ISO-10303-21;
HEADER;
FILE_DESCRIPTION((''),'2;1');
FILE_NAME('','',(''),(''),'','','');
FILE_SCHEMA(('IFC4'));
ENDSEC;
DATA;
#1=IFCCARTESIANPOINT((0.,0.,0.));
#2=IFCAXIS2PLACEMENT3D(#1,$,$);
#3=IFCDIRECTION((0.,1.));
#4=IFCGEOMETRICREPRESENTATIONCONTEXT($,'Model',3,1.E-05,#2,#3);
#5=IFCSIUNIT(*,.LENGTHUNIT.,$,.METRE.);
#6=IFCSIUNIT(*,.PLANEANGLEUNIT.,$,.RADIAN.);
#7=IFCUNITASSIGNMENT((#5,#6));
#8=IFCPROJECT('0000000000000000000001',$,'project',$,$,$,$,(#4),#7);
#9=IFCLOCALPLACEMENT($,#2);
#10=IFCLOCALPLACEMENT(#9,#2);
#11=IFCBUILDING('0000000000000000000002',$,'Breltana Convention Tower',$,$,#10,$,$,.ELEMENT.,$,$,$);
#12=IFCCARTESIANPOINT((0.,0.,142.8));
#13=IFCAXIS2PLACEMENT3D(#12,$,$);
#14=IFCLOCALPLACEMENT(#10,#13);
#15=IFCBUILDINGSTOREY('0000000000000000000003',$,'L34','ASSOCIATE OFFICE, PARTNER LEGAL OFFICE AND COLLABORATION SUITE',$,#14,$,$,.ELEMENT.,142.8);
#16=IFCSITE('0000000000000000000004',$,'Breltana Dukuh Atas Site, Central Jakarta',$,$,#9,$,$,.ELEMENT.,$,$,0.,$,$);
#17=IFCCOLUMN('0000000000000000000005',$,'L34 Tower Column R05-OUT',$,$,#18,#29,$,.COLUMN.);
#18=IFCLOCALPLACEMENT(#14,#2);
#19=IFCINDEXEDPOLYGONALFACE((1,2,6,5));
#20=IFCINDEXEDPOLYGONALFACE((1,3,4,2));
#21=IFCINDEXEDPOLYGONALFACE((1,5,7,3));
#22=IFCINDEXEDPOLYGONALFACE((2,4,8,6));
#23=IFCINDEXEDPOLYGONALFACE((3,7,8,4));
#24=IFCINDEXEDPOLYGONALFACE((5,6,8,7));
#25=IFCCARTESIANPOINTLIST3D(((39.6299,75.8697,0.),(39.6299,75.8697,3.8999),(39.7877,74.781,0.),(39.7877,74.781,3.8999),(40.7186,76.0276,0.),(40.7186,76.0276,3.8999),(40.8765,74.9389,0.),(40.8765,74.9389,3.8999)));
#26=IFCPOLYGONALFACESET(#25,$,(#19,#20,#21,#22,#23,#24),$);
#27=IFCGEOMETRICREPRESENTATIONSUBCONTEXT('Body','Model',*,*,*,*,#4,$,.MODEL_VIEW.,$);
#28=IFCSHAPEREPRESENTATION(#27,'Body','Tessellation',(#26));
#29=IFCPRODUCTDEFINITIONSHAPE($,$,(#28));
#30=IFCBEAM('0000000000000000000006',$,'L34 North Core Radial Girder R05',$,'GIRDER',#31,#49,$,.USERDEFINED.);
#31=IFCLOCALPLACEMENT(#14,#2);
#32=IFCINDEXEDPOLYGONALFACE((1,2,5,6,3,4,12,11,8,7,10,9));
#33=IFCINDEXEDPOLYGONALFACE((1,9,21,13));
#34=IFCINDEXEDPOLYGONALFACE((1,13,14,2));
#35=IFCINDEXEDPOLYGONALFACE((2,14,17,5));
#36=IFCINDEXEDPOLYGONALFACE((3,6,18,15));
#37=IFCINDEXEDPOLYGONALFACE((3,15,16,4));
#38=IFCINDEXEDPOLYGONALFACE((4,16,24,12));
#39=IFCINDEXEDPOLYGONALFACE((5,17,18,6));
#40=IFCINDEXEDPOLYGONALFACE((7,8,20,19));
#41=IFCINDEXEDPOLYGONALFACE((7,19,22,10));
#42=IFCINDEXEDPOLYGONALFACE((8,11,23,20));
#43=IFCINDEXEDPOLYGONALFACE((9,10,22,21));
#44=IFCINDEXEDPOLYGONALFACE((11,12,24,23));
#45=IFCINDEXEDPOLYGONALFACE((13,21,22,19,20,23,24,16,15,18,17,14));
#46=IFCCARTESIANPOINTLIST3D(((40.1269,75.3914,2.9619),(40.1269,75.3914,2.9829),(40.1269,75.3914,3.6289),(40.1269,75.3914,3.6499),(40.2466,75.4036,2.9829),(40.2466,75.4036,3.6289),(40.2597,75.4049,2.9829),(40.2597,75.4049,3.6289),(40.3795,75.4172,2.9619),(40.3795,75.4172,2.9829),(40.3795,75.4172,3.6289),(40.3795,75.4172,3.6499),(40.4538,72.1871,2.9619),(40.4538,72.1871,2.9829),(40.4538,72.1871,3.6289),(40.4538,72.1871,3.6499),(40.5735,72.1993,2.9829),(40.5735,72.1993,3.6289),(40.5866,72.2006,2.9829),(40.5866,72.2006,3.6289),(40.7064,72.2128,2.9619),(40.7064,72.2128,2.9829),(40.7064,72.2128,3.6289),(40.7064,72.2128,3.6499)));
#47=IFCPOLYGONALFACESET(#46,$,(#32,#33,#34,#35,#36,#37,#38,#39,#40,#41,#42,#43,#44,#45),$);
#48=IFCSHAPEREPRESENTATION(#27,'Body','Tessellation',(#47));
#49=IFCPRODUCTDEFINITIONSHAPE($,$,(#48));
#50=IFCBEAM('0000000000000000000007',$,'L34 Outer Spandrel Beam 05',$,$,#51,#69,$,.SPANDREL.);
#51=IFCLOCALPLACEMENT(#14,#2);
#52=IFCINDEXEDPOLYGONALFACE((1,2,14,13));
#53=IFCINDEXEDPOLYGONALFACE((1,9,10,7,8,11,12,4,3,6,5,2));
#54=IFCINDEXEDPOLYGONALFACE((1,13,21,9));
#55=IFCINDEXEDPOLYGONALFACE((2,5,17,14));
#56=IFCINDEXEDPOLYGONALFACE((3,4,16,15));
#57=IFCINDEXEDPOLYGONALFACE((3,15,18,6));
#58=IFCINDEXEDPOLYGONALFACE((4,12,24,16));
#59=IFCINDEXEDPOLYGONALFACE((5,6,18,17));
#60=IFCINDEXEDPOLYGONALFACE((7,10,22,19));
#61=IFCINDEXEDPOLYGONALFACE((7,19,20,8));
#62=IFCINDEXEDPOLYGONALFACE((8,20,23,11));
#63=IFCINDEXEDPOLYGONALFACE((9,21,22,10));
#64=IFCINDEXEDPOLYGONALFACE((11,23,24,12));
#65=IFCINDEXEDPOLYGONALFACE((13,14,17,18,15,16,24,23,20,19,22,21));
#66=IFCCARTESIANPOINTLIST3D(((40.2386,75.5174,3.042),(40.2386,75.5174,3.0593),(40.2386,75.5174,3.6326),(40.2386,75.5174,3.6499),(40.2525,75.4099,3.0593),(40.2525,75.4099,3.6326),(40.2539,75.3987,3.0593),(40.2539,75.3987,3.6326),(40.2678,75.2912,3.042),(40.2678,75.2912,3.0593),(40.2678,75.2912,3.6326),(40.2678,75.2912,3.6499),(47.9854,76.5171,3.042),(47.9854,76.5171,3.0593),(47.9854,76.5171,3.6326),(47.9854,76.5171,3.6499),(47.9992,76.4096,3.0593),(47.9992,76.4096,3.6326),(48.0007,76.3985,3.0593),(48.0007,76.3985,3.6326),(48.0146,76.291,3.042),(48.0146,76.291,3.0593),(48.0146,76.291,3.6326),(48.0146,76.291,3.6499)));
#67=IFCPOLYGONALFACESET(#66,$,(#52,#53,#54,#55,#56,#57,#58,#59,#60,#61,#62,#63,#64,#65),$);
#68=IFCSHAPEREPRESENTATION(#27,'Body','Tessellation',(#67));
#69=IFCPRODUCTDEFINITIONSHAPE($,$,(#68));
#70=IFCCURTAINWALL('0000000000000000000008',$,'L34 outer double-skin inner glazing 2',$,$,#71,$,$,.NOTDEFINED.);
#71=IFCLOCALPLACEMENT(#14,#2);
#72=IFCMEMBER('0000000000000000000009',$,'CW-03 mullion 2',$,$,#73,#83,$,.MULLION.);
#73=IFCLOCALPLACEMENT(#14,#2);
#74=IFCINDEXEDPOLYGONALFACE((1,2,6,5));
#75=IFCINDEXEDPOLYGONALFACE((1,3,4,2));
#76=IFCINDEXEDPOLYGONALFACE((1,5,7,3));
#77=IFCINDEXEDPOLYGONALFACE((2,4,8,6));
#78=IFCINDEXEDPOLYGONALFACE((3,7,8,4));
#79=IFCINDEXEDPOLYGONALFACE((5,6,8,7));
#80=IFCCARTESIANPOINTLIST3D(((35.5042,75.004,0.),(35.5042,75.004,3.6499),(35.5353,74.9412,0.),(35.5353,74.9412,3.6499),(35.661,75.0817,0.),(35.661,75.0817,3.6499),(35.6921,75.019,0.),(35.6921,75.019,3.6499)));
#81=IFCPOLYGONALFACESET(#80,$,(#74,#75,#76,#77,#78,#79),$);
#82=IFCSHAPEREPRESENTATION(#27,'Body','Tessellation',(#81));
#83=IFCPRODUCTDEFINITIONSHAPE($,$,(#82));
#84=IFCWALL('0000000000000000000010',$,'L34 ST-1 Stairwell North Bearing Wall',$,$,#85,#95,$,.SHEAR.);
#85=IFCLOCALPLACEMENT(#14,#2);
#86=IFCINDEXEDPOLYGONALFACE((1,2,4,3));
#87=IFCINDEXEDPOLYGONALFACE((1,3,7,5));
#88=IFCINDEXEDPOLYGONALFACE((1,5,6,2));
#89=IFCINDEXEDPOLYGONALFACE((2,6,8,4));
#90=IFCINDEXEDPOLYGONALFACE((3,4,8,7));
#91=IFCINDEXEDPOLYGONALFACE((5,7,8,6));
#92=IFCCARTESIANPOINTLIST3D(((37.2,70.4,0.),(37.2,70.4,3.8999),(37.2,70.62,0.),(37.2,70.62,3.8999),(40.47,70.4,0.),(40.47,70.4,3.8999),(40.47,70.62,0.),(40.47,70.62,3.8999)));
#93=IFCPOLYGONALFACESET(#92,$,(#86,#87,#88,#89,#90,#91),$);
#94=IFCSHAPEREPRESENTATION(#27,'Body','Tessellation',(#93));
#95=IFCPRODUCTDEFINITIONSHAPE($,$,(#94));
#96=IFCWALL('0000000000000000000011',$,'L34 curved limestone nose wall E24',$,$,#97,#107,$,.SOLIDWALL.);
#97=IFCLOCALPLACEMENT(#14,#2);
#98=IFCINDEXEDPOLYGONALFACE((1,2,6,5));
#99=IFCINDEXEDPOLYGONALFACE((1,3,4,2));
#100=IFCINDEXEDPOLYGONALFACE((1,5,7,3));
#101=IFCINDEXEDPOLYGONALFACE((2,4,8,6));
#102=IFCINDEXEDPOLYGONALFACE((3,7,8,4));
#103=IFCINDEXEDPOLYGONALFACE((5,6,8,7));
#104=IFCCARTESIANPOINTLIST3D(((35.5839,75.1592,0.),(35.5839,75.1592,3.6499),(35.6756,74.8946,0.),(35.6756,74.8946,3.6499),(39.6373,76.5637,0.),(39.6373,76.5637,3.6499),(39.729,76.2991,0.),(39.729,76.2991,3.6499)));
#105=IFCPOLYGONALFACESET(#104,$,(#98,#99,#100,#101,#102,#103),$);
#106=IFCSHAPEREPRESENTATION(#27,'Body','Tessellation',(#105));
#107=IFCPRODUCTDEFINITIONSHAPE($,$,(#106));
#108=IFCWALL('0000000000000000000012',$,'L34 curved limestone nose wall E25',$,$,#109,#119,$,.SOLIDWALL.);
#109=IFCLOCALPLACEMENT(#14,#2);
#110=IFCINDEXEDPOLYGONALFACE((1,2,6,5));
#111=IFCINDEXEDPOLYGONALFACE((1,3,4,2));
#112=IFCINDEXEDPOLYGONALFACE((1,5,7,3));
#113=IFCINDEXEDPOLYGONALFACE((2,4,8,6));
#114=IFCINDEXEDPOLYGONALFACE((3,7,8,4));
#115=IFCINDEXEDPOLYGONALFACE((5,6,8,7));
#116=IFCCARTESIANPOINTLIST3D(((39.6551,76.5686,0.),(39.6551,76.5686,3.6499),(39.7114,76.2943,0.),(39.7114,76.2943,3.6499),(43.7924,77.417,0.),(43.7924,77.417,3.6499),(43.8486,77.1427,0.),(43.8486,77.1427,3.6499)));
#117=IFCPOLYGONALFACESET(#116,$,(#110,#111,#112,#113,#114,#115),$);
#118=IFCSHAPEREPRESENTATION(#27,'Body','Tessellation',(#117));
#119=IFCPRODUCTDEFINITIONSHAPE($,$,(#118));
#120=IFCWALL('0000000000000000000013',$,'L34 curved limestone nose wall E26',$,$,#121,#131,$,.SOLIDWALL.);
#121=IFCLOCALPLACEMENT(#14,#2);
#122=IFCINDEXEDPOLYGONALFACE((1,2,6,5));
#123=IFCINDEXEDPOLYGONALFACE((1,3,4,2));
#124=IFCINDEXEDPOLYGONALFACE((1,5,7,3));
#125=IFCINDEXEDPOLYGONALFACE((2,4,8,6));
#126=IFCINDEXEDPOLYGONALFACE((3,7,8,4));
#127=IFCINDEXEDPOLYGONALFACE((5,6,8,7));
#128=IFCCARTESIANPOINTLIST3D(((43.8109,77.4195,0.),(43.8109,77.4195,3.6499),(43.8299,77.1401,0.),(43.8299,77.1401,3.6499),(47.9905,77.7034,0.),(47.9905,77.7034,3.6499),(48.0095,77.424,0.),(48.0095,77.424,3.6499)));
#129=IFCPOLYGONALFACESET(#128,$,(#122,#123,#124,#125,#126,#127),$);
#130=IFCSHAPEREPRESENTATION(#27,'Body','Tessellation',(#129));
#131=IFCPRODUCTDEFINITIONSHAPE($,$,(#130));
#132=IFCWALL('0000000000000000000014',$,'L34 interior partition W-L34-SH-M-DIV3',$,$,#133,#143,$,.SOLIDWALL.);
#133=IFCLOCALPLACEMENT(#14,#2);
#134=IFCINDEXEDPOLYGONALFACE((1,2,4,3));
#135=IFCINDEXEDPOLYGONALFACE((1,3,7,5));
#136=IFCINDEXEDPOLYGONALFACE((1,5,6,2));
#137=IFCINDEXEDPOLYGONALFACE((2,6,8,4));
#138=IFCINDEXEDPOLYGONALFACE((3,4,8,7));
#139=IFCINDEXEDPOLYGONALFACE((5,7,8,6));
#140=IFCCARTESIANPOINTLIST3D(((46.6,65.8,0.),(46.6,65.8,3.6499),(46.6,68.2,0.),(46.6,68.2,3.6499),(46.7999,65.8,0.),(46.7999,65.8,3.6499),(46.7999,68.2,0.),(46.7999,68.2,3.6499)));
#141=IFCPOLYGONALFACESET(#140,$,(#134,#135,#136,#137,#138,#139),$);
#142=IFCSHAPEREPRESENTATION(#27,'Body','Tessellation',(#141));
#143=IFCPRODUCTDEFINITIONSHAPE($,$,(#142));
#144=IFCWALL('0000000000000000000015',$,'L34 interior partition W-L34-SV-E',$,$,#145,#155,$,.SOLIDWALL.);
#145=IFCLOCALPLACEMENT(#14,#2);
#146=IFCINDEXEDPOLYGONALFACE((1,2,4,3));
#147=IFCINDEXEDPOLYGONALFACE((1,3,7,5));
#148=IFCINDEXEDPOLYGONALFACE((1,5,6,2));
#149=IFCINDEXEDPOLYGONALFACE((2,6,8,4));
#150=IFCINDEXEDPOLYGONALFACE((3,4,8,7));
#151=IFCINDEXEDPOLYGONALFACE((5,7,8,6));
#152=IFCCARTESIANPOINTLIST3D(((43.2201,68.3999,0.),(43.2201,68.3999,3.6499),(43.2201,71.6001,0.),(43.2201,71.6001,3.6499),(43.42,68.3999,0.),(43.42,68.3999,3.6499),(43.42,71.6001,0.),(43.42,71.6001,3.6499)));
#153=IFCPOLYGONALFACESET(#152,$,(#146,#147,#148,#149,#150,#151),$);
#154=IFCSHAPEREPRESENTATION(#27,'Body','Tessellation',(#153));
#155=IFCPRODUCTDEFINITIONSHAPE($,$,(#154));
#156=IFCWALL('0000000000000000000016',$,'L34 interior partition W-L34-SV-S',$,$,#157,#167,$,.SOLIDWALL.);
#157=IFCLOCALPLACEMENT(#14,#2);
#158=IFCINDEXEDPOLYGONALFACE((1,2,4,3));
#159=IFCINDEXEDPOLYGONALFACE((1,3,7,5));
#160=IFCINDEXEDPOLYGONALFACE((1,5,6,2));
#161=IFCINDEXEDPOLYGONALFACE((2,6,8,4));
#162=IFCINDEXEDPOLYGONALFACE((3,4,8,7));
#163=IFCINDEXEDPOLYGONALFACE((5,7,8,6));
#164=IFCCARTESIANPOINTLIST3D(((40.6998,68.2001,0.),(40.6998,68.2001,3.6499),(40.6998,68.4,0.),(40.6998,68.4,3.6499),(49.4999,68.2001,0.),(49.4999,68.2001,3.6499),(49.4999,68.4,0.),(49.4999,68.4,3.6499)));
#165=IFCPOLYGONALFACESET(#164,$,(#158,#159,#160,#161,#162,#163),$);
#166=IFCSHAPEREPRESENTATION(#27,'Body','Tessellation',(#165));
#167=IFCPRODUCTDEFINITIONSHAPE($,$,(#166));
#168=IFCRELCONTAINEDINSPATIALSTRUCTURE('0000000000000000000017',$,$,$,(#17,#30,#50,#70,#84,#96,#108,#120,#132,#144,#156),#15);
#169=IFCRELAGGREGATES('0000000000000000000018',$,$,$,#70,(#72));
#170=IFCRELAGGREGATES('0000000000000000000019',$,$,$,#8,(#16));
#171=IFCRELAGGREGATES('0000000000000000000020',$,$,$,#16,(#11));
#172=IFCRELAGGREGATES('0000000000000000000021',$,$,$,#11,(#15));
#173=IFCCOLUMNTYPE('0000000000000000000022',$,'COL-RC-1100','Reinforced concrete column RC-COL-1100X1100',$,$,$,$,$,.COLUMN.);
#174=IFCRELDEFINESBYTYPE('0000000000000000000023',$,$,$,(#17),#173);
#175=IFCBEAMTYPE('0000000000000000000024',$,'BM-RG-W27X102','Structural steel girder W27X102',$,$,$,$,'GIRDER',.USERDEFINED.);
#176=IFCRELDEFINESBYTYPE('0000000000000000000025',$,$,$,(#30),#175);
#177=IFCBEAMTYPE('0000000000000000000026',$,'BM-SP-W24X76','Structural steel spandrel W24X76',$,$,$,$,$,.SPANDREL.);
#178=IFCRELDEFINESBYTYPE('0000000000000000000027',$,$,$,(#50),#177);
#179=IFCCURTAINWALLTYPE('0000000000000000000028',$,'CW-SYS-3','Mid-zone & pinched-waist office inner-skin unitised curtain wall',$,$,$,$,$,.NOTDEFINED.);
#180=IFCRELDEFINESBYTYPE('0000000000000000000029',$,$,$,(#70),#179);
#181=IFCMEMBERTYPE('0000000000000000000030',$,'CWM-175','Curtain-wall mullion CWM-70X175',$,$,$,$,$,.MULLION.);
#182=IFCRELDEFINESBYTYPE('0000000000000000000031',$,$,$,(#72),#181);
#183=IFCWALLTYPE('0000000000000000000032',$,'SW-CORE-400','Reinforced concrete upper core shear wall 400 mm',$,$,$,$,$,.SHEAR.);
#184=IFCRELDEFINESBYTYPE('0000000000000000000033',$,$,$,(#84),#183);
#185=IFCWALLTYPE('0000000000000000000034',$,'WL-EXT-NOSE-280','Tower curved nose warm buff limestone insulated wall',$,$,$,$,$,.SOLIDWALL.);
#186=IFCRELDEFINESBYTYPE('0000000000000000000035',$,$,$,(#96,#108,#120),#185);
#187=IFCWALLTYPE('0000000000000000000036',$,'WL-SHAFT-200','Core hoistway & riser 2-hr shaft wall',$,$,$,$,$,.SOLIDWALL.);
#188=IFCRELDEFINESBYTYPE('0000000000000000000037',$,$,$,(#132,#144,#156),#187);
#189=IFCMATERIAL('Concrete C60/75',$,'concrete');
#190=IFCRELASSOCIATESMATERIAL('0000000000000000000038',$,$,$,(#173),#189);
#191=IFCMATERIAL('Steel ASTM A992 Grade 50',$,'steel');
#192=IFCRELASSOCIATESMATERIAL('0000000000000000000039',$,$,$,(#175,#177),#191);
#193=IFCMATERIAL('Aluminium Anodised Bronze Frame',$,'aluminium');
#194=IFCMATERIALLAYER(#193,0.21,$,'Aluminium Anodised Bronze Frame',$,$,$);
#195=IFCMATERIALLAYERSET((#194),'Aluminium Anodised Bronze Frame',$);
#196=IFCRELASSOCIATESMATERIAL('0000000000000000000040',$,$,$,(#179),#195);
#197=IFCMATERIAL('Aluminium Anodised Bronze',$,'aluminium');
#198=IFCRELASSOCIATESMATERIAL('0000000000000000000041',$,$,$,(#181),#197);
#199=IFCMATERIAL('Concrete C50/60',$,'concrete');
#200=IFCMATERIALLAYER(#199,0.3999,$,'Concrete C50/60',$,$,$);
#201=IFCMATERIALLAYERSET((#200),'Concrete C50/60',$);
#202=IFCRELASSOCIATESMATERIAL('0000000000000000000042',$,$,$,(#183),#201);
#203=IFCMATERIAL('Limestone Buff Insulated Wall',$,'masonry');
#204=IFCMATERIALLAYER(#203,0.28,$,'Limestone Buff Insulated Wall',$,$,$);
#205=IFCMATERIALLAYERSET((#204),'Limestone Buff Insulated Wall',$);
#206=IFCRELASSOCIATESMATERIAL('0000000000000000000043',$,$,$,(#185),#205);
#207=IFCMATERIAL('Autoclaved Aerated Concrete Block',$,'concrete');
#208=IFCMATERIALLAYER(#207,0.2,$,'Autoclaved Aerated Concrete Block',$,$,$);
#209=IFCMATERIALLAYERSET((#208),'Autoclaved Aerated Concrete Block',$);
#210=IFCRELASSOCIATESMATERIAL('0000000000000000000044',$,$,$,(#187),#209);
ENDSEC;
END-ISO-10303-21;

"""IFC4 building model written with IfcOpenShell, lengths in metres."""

from ifc_helpers import new_model, si_unit, direction, frame, frame_2d, origin, origin_2d, place, context, subcontext, project, spatial, rectangle, i_section, extrude, source, transform, mapped, material, layer, layer_set, material_profile, profile_set, type_object, element, aggregate, save


model = new_model("IFC4")

# Units and contexts
model_context = context("Model", 3, precision=1e-05, world=origin(), true_north=direction((0.0, 1.0)))
body_context = subcontext(model_context, "Body", "Model", "MODEL_VIEW")
ifc_project = project(units=[si_unit("LENGTHUNIT", "METRE"), si_unit("PLANEANGLEUNIT", "RADIAN")], contexts=[model_context])

# Site, building, storey
site_placement = place(None, origin())
site = spatial("IfcSite", under=ifc_project, at=site_placement, Name="Breltana Dukuh Atas Site, Central Jakarta", CompositionType="ELEMENT", RefElevation=0.0)
building_placement = place(site_placement, origin())
building = spatial("IfcBuilding", under=site, at=building_placement, Name="Breltana Convention Tower", CompositionType="ELEMENT")
storey_placement = place(building_placement, frame((0.0, 0.0, 142.8)))
storey = spatial("IfcBuildingStorey", under=building, at=storey_placement, Name="L34", Description="ASSOCIATE OFFICE, PARTNER LEGAL OFFICE AND COLLABORATION SUITE", CompositionType="ELEMENT", Elevation=142.8)

# Column
ifc_material_1 = material(Name="Concrete C60/75", Category="concrete")
ifc_material_profile_1 = material_profile(ifc_material_1, rectangle(XDim=1.1001, YDim=1.1001, at=origin_2d()), Name="RC-COL-1100X1100")
ifc_profile_set_1 = profile_set([ifc_material_profile_1], Name="Concrete C60/75")
column_type = type_object("IfcColumnType", Name="COL-RC-1100", Description="Reinforced concrete column RC-COL-1100X1100", PredefinedType="COLUMN", material=ifc_profile_set_1)
shared_shape_1 = source(origin(), body_context, "Body", "SweptSolid", [
    extrude(rectangle(XDim=1.1001, YDim=1.1001, at=origin_2d()), origin(), (0.0, 0.0, 1.0), 3.8999),
])
column_placement = place(storey_placement, frame((40.2532, 75.4043, 0.0), z_axis=(0.0, 0.0, 1.0), x_axis=(-0.143493, 0.989651, 0.0)))
element("IfcColumn", 1, at=column_placement, inside=storey, type_object=column_type, Name="L34 Tower Column R05-OUT", PredefinedType="COLUMN", context=body_context, shape_type="MappedRepresentation", body=[
    mapped(shared_shape_1, transform((0.0, 0.0, 0.0), scale=1.0)),
])

# Beams
ifc_material_2 = material(Name="Steel ASTM A992 Grade 50", Category="steel")
ifc_material_profile_2 = material_profile(ifc_material_2, i_section(OverallWidth=0.2539, OverallDepth=0.688, WebThickness=0.0132, FlangeThickness=0.021, at=origin_2d()), Name="W27X102")
ifc_profile_set_2 = profile_set([ifc_material_profile_2], Name="Steel ASTM A992 Grade 50")
beam_type_1 = type_object("IfcBeamType", Name="BM-RG-W27X102", Description="Structural steel girder W27X102", ElementType="GIRDER", PredefinedType="USERDEFINED", material=ifc_profile_set_2)
shared_shape_2 = source(origin(), body_context, "Body", "SweptSolid", [
    extrude(i_section(OverallWidth=0.2539, OverallDepth=0.688, WebThickness=0.0132, FlangeThickness=0.021, at=origin_2d()), origin(), (0.0, 0.0, 1.0), 3.2209),
])
beam_1_placement = place(storey_placement, frame((40.5801, 72.2, 3.3059), z_axis=(-0.101492, 0.994836, 0.0), x_axis=(-0.994836, -0.101492, 0.0)))
element("IfcBeam", 2, at=beam_1_placement, inside=storey, type_object=beam_type_1, Name="L34 North Core Radial Girder R05", ObjectType="GIRDER", PredefinedType="USERDEFINED", context=body_context, shape_type="MappedRepresentation", body=[
    mapped(shared_shape_2, transform((0.0, 0.0, 0.0), scale=1.0)),
])
ifc_material_profile_3 = material_profile(ifc_material_2, i_section(OverallWidth=0.228, OverallDepth=0.6079, WebThickness=0.0112, FlangeThickness=0.0173, at=origin_2d()), Name="W24X76")
ifc_profile_set_3 = profile_set([ifc_material_profile_3], Name="Steel ASTM A992 Grade 50")
beam_type_2 = type_object("IfcBeamType", Name="BM-SP-W24X76", Description="Structural steel spandrel W24X76", PredefinedType="SPANDREL", material=ifc_profile_set_3)
shared_shape_3 = source(origin(), body_context, "Body", "SweptSolid", [
    extrude(i_section(OverallWidth=0.228, OverallDepth=0.6079, WebThickness=0.0112, FlangeThickness=0.0173, at=origin_2d()), origin(), (0.0, 0.0, 1.0), 7.811),
])
beam_2_placement = place(storey_placement, frame((40.2532, 75.4043, 3.3459), z_axis=(0.991775, 0.127992, 0.0), x_axis=(-0.127992, 0.991775, 0.0)))
element("IfcBeam", 3, at=beam_2_placement, inside=storey, type_object=beam_type_2, Name="L34 Outer Spandrel Beam 05", PredefinedType="SPANDREL", context=body_context, shape_type="MappedRepresentation", body=[
    mapped(shared_shape_3, transform((0.0, 0.0, 0.0), scale=1.0)),
])

# Curtain wall, member
ifc_material_3 = material(Name="Aluminium Anodised Bronze Frame", Category="aluminium")
ifc_layer_1 = layer(ifc_material_3, 0.21, Name="Aluminium Anodised Bronze Frame")
ifc_layer_set_1 = layer_set([ifc_layer_1], Name="Aluminium Anodised Bronze Frame")
curtain_wall_type = type_object("IfcCurtainWallType", Name="CW-SYS-3", Description="Mid-zone & pinched-waist office inner-skin unitised curtain wall", PredefinedType="NOTDEFINED", material=ifc_layer_set_1)
curtain_wall_placement = place(storey_placement, origin())
curtain_wall = element("IfcCurtainWall", 4, at=curtain_wall_placement, inside=storey, type_object=curtain_wall_type, Name="L34 outer double-skin inner glazing 2", PredefinedType="NOTDEFINED")
ifc_material_4 = material(Name="Aluminium Anodised Bronze", Category="aluminium")
ifc_material_profile_4 = material_profile(ifc_material_4, rectangle(XDim=0.0701, YDim=0.175, at=origin_2d()), Name="CWM-70X175")
ifc_profile_set_4 = profile_set([ifc_material_profile_4], Name="Aluminium Anodised Bronze")
member_type = type_object("IfcMemberType", Name="CWM-175", Description="Curtain-wall mullion CWM-70X175", PredefinedType="MULLION", material=ifc_profile_set_4)
shared_shape_4 = source(origin(), body_context, "Body", "SweptSolid", [
    extrude(rectangle(XDim=0.0701, YDim=0.175, at=origin_2d()), origin(), (0.0, 0.0, 1.0), 3.6499),
])
member_placement = place(storey_placement, frame((35.5981, 75.0115, 0.0), z_axis=(0.0, 0.0, 1.0), x_axis=(-0.444118, 0.895968, 0.0)))
member = element("IfcMember", 5, at=member_placement, type_object=member_type, Name="CW-03 mullion 2", PredefinedType="MULLION", context=body_context, shape_type="MappedRepresentation", body=[
    mapped(shared_shape_4, transform((0.0, 0.0, 0.0), scale=1.0)),
])
aggregate(curtain_wall, [member])

# Walls
ifc_material_5 = material(Name="Concrete C50/60", Category="concrete")
ifc_layer_2 = layer(ifc_material_5, 0.3999, Name="Concrete C50/60")
ifc_layer_set_2 = layer_set([ifc_layer_2], Name="Concrete C50/60")
wall_type_1 = type_object("IfcWallType", Name="SW-CORE-400", Description="Reinforced concrete upper core shear wall 400 mm", PredefinedType="SHEAR", material=ifc_layer_set_2)
shared_shape_5 = source(origin(), body_context, "Body", "SweptSolid", [
    extrude(rectangle(XDim=3.27, YDim=0.22, at=frame_2d((1.635, 0.0))), origin(), (0.0, 0.0, 1.0), 3.8999),
])
wall_1_placement = place(storey_placement, frame((37.2, 70.51, 0.0), z_axis=(0.0, 0.0, 1.0), x_axis=(1.0, 0.0, 0.0)))
element("IfcWall", 6, at=wall_1_placement, inside=storey, type_object=wall_type_1, Name="L34 ST-1 Stairwell North Bearing Wall", PredefinedType="SHEAR", context=body_context, shape_type="MappedRepresentation", body=[
    mapped(shared_shape_5, transform((0.0, 0.0, 0.0), scale=1.0)),
])
ifc_material_6 = material(Name="Limestone Buff Insulated Wall", Category="masonry")
ifc_layer_3 = layer(ifc_material_6, 0.28, Name="Limestone Buff Insulated Wall")
ifc_layer_set_3 = layer_set([ifc_layer_3], Name="Limestone Buff Insulated Wall")
wall_type_2 = type_object("IfcWallType", Name="WL-EXT-NOSE-280", Description="Tower curved nose warm buff limestone insulated wall", PredefinedType="SOLIDWALL", material=ifc_layer_set_3)
shared_shape_6 = source(origin(), body_context, "Body", "SweptSolid", [
    extrude(rectangle(XDim=4.2898, YDim=0.28, at=frame_2d((2.145, 0.0))), origin(), (0.0, 0.0, 1.0), 3.6499),
])
wall_2_placement = place(storey_placement, frame((35.6296, 75.0269, 0.0), z_axis=(0.0, 0.0, 1.0), x_axis=(0.944884, 0.327406, 0.0)))
element("IfcWall", 7, at=wall_2_placement, inside=storey, type_object=wall_type_2, Name="L34 curved limestone nose wall E24", PredefinedType="SOLIDWALL", context=body_context, shape_type="MappedRepresentation", body=[
    mapped(shared_shape_6, transform((0.0, 0.0, 0.0), scale=1.0)),
])
shared_shape_7 = source(origin(), body_context, "Body", "SweptSolid", [
    extrude(rectangle(XDim=4.2234, YDim=0.28, at=frame_2d((2.1118, 0.0))), origin(), (0.0, 0.0, 1.0), 3.6499),
])
wall_3_placement = place(storey_placement, frame((39.6831, 76.4314, 0.0), z_axis=(0.0, 0.0, 1.0), x_axis=(0.979615, 0.200883, 0.0)))
element("IfcWall", 8, at=wall_3_placement, inside=storey, type_object=wall_type_2, Name="L34 curved limestone nose wall E25", PredefinedType="SOLIDWALL", context=body_context, shape_type="MappedRepresentation", body=[
    mapped(shared_shape_7, transform((0.0, 0.0, 0.0), scale=1.0)),
])
shared_shape_8 = source(origin(), body_context, "Body", "SweptSolid", [
    extrude(rectangle(XDim=4.1892, YDim=0.28, at=frame_2d((2.0947, 0.0))), origin(), (0.0, 0.0, 1.0), 3.6499),
])
wall_4_placement = place(storey_placement, frame((43.8203, 77.2798, 0.0), z_axis=(0.0, 0.0, 1.0), x_axis=(0.997701, 0.067776, 0.0)))
element("IfcWall", 9, at=wall_4_placement, inside=storey, type_object=wall_type_2, Name="L34 curved limestone nose wall E26", PredefinedType="SOLIDWALL", context=body_context, shape_type="MappedRepresentation", body=[
    mapped(shared_shape_8, transform((0.0, 0.0, 0.0), scale=1.0)),
])
ifc_material_7 = material(Name="Autoclaved Aerated Concrete Block", Category="concrete")
ifc_layer_4 = layer(ifc_material_7, 0.2, Name="Autoclaved Aerated Concrete Block")
ifc_layer_set_4 = layer_set([ifc_layer_4], Name="Autoclaved Aerated Concrete Block")
wall_type_3 = type_object("IfcWallType", Name="WL-SHAFT-200", Description="Core hoistway & riser 2-hr shaft wall", PredefinedType="SOLIDWALL", material=ifc_layer_set_4)
shared_shape_9 = source(origin(), body_context, "Body", "SweptSolid", [
    extrude(rectangle(XDim=2.3999, YDim=0.2, at=frame_2d((1.2, 0.0))), origin(), (0.0, 0.0, 1.0), 3.6499),
])
wall_5_placement = place(storey_placement, frame((46.7, 65.8, 0.0), z_axis=(0.0, 0.0, 1.0), x_axis=(0.0, 1.0, 0.0)))
element("IfcWall", 10, at=wall_5_placement, inside=storey, type_object=wall_type_3, Name="L34 interior partition W-L34-SH-M-DIV3", PredefinedType="SOLIDWALL", context=body_context, shape_type="MappedRepresentation", body=[
    mapped(shared_shape_9, transform((0.0, 0.0, 0.0), scale=1.0)),
])
shared_shape_10 = source(origin(), body_context, "Body", "SweptSolid", [
    extrude(rectangle(XDim=3.2002, YDim=0.2, at=frame_2d((1.6001, 0.0))), origin(), (0.0, 0.0, 1.0), 3.6499),
])
wall_6_placement = place(storey_placement, frame((43.3201, 68.3999, 0.0), z_axis=(0.0, 0.0, 1.0), x_axis=(0.0, 1.0, 0.0)))
element("IfcWall", 11, at=wall_6_placement, inside=storey, type_object=wall_type_3, Name="L34 interior partition W-L34-SV-E", PredefinedType="SOLIDWALL", context=body_context, shape_type="MappedRepresentation", body=[
    mapped(shared_shape_10, transform((0.0, 0.0, 0.0), scale=1.0)),
])
shared_shape_11 = source(origin(), body_context, "Body", "SweptSolid", [
    extrude(rectangle(XDim=8.8, YDim=0.2, at=frame_2d((4.3999, 0.0))), origin(), (0.0, 0.0, 1.0), 3.6499),
])
wall_7_placement = place(storey_placement, frame((40.7, 68.3, 0.0), z_axis=(0.0, 0.0, 1.0), x_axis=(1.0, 0.0, 0.0)))
element("IfcWall", 12, at=wall_7_placement, inside=storey, type_object=wall_type_3, Name="L34 interior partition W-L34-SV-S", PredefinedType="SOLIDWALL", context=body_context, shape_type="MappedRepresentation", body=[
    mapped(shared_shape_11, transform((0.0, 0.0, 0.0), scale=1.0)),
])

save(model, "model.ifc")
